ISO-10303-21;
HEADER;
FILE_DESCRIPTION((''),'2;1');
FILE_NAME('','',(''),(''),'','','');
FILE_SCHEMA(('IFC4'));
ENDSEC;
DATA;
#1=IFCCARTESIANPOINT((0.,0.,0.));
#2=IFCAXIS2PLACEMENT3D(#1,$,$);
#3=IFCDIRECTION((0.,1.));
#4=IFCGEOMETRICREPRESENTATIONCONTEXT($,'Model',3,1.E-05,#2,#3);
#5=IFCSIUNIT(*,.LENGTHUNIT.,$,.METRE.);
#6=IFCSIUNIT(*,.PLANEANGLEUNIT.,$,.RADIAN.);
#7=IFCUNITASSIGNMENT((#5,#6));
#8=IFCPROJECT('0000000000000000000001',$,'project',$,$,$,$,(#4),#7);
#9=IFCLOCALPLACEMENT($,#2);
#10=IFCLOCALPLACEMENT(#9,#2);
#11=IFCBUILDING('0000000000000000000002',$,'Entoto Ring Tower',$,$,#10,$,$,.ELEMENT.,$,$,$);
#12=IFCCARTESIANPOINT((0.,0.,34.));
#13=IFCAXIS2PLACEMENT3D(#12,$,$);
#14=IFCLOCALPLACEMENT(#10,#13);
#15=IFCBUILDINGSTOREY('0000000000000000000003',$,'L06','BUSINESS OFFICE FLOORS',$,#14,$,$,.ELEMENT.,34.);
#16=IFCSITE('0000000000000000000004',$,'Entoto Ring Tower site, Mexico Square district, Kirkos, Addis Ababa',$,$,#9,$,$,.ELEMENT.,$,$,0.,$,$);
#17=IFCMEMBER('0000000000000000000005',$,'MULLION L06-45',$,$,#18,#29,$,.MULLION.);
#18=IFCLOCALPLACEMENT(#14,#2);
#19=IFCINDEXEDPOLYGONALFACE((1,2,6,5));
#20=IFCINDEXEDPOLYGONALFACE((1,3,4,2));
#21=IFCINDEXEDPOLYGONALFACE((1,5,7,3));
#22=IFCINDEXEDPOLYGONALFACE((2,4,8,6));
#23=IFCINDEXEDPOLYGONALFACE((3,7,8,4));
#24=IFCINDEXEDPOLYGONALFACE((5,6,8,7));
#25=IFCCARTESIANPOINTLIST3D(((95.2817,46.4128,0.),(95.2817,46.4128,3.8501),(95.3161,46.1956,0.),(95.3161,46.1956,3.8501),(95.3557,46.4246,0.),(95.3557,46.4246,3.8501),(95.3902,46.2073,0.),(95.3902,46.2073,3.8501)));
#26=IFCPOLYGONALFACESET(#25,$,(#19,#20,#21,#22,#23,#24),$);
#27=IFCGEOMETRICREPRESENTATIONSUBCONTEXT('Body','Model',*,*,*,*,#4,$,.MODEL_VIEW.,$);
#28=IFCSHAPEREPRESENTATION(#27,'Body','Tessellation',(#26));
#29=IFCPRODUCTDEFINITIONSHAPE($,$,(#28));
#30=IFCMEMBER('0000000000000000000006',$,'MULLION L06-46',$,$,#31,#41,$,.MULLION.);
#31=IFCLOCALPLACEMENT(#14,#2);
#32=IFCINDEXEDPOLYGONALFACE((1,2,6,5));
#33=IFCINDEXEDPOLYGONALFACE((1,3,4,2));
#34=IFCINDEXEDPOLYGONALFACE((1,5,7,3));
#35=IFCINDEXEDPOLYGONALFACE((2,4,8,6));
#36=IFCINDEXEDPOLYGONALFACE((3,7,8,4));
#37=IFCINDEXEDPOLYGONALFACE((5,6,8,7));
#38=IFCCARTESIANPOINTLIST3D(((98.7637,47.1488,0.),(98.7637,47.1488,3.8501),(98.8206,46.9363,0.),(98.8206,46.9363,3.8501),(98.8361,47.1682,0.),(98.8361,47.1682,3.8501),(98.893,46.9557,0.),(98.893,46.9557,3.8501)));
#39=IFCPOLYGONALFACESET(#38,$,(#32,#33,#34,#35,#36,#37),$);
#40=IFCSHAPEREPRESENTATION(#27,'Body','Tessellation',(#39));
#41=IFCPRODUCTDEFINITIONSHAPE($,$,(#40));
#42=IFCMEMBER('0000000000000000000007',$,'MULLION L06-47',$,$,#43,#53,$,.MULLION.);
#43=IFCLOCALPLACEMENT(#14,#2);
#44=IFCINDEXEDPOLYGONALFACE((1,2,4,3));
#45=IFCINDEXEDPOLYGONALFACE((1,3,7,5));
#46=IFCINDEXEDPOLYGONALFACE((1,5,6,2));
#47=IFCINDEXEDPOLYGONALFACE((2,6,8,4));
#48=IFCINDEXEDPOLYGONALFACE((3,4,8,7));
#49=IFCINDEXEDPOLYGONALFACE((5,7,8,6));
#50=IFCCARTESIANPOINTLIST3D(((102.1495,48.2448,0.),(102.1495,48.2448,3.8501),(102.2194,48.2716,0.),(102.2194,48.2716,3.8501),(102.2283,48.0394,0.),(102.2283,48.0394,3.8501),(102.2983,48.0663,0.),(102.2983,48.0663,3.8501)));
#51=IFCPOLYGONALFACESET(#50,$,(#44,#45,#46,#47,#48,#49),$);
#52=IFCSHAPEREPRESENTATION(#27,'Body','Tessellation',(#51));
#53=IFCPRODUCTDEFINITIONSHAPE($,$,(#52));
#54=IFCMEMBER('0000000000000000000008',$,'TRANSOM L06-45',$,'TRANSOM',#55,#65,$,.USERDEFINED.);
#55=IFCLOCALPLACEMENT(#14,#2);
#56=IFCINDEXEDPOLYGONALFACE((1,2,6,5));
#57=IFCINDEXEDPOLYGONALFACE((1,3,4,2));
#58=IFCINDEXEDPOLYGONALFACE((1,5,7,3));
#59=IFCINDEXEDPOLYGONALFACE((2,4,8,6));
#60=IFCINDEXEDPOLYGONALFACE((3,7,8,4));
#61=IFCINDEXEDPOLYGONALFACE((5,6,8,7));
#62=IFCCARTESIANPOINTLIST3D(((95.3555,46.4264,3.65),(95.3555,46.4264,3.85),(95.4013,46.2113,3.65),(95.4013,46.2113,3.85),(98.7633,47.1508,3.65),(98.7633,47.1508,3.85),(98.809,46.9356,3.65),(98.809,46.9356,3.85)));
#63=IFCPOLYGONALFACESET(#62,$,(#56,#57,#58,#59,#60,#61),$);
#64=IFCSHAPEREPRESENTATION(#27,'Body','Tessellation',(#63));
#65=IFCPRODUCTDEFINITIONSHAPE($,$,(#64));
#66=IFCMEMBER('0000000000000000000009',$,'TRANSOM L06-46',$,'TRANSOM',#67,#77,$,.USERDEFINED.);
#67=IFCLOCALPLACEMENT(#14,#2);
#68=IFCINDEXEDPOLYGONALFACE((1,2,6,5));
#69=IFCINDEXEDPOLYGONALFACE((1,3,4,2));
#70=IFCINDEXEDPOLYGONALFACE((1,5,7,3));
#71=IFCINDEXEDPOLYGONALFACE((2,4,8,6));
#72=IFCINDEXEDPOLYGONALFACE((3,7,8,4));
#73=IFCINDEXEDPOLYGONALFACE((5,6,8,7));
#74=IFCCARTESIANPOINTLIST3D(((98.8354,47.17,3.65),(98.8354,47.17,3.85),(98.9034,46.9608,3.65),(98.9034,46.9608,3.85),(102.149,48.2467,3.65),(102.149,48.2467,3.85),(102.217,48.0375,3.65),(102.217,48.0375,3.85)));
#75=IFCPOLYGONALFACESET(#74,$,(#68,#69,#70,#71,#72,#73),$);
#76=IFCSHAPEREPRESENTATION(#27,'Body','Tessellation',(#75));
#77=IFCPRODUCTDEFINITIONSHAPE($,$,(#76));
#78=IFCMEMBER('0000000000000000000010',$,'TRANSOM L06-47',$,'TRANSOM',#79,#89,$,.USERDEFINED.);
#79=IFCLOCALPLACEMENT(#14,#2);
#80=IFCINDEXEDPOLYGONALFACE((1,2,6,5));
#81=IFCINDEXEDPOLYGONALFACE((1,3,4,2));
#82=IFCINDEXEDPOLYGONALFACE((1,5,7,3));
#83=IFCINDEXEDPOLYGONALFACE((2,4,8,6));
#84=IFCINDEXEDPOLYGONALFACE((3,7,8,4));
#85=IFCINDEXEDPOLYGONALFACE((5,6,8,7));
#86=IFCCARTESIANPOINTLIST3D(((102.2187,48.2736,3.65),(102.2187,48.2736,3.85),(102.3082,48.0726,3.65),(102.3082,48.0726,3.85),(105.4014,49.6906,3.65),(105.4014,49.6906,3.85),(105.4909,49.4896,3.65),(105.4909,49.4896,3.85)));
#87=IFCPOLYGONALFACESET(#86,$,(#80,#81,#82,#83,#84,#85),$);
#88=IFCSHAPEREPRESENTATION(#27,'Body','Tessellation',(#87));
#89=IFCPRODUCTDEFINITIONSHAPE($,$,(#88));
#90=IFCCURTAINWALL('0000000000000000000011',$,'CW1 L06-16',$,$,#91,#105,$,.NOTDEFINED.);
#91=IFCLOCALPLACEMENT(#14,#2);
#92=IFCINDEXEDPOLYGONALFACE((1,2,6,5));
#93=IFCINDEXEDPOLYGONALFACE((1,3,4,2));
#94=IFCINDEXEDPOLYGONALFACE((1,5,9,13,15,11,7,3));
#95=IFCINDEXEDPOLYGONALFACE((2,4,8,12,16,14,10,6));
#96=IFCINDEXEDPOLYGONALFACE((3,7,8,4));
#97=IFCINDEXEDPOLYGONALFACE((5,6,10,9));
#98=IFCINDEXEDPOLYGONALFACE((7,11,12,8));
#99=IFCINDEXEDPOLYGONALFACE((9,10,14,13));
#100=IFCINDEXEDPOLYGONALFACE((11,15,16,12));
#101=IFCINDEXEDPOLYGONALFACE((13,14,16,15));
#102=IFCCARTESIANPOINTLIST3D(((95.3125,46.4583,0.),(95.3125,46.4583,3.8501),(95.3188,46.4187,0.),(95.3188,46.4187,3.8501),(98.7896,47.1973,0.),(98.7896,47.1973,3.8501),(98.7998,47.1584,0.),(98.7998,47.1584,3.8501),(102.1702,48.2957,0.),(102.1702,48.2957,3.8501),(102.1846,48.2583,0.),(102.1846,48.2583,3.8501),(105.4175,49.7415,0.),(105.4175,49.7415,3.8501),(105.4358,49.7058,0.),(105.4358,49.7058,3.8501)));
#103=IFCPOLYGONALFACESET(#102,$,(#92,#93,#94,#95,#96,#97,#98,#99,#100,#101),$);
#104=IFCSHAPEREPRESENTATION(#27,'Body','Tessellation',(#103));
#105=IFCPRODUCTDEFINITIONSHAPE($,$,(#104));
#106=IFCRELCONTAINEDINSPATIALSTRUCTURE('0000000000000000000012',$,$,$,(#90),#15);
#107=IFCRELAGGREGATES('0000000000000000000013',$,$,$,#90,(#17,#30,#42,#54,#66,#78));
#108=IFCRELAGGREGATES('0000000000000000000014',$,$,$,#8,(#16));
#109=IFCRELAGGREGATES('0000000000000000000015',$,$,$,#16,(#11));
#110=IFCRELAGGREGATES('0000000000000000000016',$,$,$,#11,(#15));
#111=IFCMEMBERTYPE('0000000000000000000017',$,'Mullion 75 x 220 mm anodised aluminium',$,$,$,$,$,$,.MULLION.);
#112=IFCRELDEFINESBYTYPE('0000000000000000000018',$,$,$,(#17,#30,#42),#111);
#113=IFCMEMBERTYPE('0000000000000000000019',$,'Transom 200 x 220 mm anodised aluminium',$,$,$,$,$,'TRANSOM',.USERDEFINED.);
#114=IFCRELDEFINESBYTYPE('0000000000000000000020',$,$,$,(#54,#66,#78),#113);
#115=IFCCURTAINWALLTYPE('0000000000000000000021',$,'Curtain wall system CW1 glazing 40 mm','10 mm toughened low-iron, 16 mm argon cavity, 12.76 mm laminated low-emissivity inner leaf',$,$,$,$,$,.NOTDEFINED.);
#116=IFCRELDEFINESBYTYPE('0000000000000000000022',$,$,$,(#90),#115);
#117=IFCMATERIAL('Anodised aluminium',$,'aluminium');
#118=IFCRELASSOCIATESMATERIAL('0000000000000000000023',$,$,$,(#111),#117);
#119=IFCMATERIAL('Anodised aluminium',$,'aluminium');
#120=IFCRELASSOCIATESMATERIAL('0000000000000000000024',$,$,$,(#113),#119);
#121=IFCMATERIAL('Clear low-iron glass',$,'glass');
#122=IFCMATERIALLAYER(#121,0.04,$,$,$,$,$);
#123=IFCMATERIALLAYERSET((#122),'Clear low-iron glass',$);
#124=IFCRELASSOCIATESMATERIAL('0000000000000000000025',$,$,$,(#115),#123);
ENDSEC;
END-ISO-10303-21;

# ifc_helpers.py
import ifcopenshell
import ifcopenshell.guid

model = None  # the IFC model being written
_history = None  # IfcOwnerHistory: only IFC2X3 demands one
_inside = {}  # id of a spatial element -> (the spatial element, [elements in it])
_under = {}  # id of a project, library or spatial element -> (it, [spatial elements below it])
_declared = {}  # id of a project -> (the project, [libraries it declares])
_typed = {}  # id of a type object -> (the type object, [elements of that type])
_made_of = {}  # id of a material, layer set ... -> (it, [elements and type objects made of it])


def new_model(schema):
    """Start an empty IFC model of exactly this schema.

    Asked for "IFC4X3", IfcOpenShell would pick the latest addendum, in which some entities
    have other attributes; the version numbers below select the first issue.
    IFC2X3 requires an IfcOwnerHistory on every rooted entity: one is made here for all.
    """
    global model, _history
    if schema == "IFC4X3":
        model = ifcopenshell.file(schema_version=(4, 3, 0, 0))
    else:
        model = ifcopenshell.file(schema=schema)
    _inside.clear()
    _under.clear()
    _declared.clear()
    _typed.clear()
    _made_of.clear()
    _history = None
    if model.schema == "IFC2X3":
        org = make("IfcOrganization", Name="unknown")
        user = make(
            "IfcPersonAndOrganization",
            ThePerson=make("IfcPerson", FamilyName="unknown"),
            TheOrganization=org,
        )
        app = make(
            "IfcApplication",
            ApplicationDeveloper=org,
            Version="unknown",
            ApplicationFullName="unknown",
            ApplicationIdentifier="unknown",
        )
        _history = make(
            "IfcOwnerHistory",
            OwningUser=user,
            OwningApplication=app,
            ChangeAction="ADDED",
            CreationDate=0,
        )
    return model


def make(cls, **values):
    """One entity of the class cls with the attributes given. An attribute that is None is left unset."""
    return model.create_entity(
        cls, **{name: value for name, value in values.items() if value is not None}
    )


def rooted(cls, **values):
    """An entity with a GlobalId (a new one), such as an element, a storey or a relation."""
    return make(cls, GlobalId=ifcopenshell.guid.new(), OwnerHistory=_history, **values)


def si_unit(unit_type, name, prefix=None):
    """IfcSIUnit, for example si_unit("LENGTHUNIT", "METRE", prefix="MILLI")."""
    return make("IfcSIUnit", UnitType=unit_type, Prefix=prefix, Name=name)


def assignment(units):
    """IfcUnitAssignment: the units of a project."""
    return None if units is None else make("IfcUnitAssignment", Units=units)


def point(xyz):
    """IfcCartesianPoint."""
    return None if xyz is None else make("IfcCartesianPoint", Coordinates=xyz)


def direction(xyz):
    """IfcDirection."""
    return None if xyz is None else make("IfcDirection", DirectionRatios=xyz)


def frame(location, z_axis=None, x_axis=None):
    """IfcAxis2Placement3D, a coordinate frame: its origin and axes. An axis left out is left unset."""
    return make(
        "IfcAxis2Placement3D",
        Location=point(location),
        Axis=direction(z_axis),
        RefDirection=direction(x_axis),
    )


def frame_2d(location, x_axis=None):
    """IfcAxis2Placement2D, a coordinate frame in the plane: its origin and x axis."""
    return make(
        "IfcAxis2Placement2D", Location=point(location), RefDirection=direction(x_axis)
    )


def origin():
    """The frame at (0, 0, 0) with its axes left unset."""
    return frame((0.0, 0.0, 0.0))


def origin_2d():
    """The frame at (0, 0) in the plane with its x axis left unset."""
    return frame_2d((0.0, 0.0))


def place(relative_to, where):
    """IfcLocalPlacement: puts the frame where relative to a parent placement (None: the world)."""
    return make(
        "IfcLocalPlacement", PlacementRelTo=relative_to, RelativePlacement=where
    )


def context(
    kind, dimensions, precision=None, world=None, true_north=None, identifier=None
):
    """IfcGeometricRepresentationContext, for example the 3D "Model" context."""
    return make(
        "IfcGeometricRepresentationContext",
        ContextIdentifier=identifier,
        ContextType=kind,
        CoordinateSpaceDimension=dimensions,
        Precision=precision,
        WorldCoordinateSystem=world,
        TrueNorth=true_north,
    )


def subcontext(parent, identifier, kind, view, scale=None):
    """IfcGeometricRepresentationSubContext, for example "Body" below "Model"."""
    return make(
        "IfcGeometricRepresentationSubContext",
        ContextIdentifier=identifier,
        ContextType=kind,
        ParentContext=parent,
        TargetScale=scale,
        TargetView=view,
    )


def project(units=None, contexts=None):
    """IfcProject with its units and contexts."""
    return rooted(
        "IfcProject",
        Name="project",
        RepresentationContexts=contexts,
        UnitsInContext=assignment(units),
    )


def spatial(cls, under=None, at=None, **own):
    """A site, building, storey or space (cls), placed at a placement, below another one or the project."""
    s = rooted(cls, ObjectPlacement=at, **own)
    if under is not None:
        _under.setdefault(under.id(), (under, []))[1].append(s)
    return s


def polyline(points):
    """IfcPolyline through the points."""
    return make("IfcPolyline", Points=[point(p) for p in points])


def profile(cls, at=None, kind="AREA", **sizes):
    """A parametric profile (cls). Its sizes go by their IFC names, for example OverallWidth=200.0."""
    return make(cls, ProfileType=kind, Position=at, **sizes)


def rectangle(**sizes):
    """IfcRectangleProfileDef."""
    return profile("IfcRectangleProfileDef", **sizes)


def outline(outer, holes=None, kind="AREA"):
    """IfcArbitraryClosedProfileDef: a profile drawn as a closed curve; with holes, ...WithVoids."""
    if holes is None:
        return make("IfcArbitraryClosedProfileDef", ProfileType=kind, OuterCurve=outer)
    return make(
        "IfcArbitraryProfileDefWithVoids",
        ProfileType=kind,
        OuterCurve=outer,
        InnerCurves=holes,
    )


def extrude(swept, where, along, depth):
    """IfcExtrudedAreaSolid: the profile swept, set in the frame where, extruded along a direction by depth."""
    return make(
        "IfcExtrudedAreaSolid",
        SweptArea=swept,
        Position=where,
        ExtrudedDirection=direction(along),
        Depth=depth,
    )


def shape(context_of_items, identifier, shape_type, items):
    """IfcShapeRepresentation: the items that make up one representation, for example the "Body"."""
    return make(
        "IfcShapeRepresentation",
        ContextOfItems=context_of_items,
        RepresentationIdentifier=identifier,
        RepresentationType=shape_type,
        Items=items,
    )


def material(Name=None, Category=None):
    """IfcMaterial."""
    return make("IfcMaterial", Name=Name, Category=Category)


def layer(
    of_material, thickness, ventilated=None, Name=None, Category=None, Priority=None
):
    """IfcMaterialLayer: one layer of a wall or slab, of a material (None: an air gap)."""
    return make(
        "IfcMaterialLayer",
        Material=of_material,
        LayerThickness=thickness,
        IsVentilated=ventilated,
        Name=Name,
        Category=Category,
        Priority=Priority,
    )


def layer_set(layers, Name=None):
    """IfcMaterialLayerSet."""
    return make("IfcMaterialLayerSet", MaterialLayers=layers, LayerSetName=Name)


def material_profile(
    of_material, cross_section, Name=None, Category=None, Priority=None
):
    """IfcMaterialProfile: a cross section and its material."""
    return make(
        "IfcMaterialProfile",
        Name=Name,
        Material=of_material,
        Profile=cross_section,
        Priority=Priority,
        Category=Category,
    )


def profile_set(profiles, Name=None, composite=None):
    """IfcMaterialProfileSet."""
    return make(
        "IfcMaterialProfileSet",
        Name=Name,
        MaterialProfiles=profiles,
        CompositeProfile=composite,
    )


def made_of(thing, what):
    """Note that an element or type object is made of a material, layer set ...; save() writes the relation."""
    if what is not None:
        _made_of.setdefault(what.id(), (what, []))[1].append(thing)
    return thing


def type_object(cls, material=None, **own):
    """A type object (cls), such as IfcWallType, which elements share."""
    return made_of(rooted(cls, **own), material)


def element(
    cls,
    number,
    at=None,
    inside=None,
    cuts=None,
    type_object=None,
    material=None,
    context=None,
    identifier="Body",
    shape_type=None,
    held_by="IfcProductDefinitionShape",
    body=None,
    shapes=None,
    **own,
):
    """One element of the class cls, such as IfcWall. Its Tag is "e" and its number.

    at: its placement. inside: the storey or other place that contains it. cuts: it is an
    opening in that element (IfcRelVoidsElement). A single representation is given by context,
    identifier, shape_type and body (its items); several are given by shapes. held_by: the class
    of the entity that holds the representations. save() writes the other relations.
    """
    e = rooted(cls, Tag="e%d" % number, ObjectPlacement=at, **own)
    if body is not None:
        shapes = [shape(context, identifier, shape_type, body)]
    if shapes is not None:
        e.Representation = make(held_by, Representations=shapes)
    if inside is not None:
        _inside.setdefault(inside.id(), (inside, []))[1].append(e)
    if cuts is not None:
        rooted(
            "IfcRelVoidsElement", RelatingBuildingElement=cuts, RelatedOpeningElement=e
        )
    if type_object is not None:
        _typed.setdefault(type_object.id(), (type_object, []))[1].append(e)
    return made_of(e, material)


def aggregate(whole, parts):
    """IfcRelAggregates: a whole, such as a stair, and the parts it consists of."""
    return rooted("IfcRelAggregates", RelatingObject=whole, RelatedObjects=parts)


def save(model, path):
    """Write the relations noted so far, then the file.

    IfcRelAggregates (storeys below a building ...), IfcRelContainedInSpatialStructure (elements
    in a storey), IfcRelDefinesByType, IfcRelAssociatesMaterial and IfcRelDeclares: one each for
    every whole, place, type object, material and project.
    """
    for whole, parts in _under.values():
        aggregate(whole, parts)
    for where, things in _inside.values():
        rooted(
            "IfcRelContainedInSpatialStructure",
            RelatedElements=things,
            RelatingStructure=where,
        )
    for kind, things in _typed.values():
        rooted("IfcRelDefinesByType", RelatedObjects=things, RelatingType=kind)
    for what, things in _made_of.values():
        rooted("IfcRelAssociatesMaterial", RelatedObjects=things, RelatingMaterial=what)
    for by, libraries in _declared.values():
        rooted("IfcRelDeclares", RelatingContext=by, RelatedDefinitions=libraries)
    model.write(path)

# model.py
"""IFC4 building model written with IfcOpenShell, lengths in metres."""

from ifc_helpers import new_model, si_unit, direction, frame, origin, origin_2d, place, context, subcontext, project, spatial, polyline, rectangle, outline, extrude, material, layer, layer_set, material_profile, profile_set, type_object, element, aggregate, save


model = new_model("IFC4")

# Units and contexts
model_context = context("Model", 3, precision=1e-05, world=origin(), true_north=direction((0.0, 1.0)))
body_context = subcontext(model_context, "Body", "Model", "MODEL_VIEW")
ifc_project = project(units=[si_unit("LENGTHUNIT", "METRE"), si_unit("PLANEANGLEUNIT", "RADIAN")], contexts=[model_context])

# Members
ifc_material_1 = material(Name="Anodised aluminium", Category="aluminium")
ifc_material_profile_1 = material_profile(ifc_material_1, rectangle(XDim=0.075, YDim=0.22, at=origin_2d()), Name="Mullion 75 x 220 mm anodised aluminium")
ifc_profile_set_1 = profile_set([ifc_material_profile_1], Name="Anodised aluminium")
member_type_1 = type_object("IfcMemberType", Name="Mullion 75 x 220 mm anodised aluminium", PredefinedType="MULLION", material=ifc_profile_set_1)
site_placement = place(None, origin())
building_placement = place(site_placement, origin())
storey_placement = place(building_placement, frame((0.0, 0.0, 34.0)))
member_1_placement = place(storey_placement, frame((95.3359, 46.3101, 0.0), z_axis=(0.0, 0.0, 1.0), x_axis=(0.987688, 0.156434, 0.0)))
member_1 = element("IfcMember", 1, at=member_1_placement, type_object=member_type_1, Name="MULLION L06-45", PredefinedType="MULLION", context=body_context, shape_type="SweptSolid", body=[
    extrude(rectangle(XDim=0.075, YDim=0.22, at=origin_2d()), origin(), (0.0, 0.0, 1.0), 3.8501),
])
member_2_placement = place(storey_placement, frame((98.8284, 47.0522, 0.0), z_axis=(0.0, 0.0, 1.0), x_axis=(0.965926, 0.258819, 0.0)))
member_2 = element("IfcMember", 2, at=member_2_placement, type_object=member_type_1, Name="MULLION L06-46", PredefinedType="MULLION", context=body_context, shape_type="SweptSolid", body=[
    extrude(rectangle(XDim=0.075, YDim=0.22, at=origin_2d()), origin(), (0.0, 0.0, 1.0), 3.8501),
])
member_3_placement = place(storey_placement, frame((102.2239, 48.1555, 0.0), z_axis=(0.0, 0.0, 1.0), x_axis=(0.93358, 0.358368, 0.0)))
member_3 = element("IfcMember", 3, at=member_3_placement, type_object=member_type_1, Name="MULLION L06-47", PredefinedType="MULLION", context=body_context, shape_type="SweptSolid", body=[
    extrude(rectangle(XDim=0.075, YDim=0.22, at=origin_2d()), origin(), (0.0, 0.0, 1.0), 3.8501),
])
ifc_material_2 = material(Name="Anodised aluminium", Category="aluminium")
ifc_material_profile_2 = material_profile(ifc_material_2, rectangle(XDim=0.22, YDim=0.2, at=origin_2d()), Name="Transom 200 x 220 mm anodised aluminium")
ifc_profile_set_2 = profile_set([ifc_material_profile_2], Name="Anodised aluminium")
member_type_2 = type_object("IfcMemberType", Name="Transom 200 x 220 mm anodised aluminium", ElementType="TRANSOM", PredefinedType="USERDEFINED", material=ifc_profile_set_2)
member_4_placement = place(storey_placement, frame((95.3784, 46.3188, 3.75), z_axis=(0.978146, 0.207921, 0.0), x_axis=(-0.207921, 0.978146, 0.0)))
member_4 = element("IfcMember", 4, at=member_4_placement, type_object=member_type_2, Name="TRANSOM L06-45", ObjectType="TRANSOM", PredefinedType="USERDEFINED", context=body_context, shape_type="SweptSolid", body=[
    extrude(rectangle(XDim=0.22, YDim=0.2, at=origin_2d()), origin(), (0.0, 0.0, 1.0), 3.4839),
])
member_5_placement = place(storey_placement, frame((98.8694, 47.0654, 3.75), z_axis=(0.951053, 0.309029, 0.0), x_axis=(-0.309029, 0.951053, 0.0)))
member_5 = element("IfcMember", 5, at=member_5_placement, type_object=member_type_2, Name="TRANSOM L06-46", ObjectType="TRANSOM", PredefinedType="USERDEFINED", context=body_context, shape_type="SweptSolid", body=[
    extrude(rectangle(XDim=0.22, YDim=0.2, at=origin_2d()), origin(), (0.0, 0.0, 1.0), 3.4841),
])
member_6_placement = place(storey_placement, frame((102.2634, 48.1731, 3.75), z_axis=(0.913545, 0.406737, 0.0), x_axis=(-0.406737, 0.913545, 0.0)))
member_6 = element("IfcMember", 6, at=member_6_placement, type_object=member_type_2, Name="TRANSOM L06-47", ObjectType="TRANSOM", PredefinedType="USERDEFINED", context=body_context, shape_type="SweptSolid", body=[
    extrude(rectangle(XDim=0.22, YDim=0.2, at=origin_2d()), origin(), (0.0, 0.0, 1.0), 3.4839),
])

# Site, building, storey
site = spatial("IfcSite", under=ifc_project, at=site_placement, Name="Entoto Ring Tower site, Mexico Square district, Kirkos, Addis Ababa", CompositionType="ELEMENT", RefElevation=0.0)
building = spatial("IfcBuilding", under=site, at=building_placement, Name="Entoto Ring Tower", CompositionType="ELEMENT")
storey = spatial("IfcBuildingStorey", under=building, at=storey_placement, Name="L06", Description="BUSINESS OFFICE FLOORS", CompositionType="ELEMENT", Elevation=34.0)

# Curtain wall
ifc_material_3 = material(Name="Clear low-iron glass", Category="glass")
ifc_layer = layer(ifc_material_3, 0.04)
ifc_layer_set = layer_set([ifc_layer], Name="Clear low-iron glass")
curtain_wall_type = type_object("IfcCurtainWallType", Name="Curtain wall system CW1 glazing 40 mm", Description="10 mm toughened low-iron, 16 mm argon cavity, 12.76 mm laminated low-emissivity inner leaf", PredefinedType="NOTDEFINED", material=ifc_layer_set)
curtain_wall_1_placement = place(storey_placement, origin())
curtain_wall_1 = element("IfcCurtainWall", 7, at=curtain_wall_1_placement, inside=storey, type_object=curtain_wall_type, Name="CW1 L06-16", PredefinedType="NOTDEFINED", context=body_context, shape_type="SweptSolid", body=[
    extrude(outline(polyline([(95.3188, 46.4187), (98.7998, 47.1584), (102.1846, 48.2583), (105.4358, 49.7058), (105.4175, 49.7415), (102.1702, 48.2957), (98.7896, 47.1973), (95.3125, 46.4583), (95.3188, 46.4187)])), origin(), (0.0, 0.0, 1.0), 3.8501),
])
aggregate(curtain_wall_1, [member_1, member_2, member_3, member_4, member_5, member_6])

save(model, "model.ifc")
